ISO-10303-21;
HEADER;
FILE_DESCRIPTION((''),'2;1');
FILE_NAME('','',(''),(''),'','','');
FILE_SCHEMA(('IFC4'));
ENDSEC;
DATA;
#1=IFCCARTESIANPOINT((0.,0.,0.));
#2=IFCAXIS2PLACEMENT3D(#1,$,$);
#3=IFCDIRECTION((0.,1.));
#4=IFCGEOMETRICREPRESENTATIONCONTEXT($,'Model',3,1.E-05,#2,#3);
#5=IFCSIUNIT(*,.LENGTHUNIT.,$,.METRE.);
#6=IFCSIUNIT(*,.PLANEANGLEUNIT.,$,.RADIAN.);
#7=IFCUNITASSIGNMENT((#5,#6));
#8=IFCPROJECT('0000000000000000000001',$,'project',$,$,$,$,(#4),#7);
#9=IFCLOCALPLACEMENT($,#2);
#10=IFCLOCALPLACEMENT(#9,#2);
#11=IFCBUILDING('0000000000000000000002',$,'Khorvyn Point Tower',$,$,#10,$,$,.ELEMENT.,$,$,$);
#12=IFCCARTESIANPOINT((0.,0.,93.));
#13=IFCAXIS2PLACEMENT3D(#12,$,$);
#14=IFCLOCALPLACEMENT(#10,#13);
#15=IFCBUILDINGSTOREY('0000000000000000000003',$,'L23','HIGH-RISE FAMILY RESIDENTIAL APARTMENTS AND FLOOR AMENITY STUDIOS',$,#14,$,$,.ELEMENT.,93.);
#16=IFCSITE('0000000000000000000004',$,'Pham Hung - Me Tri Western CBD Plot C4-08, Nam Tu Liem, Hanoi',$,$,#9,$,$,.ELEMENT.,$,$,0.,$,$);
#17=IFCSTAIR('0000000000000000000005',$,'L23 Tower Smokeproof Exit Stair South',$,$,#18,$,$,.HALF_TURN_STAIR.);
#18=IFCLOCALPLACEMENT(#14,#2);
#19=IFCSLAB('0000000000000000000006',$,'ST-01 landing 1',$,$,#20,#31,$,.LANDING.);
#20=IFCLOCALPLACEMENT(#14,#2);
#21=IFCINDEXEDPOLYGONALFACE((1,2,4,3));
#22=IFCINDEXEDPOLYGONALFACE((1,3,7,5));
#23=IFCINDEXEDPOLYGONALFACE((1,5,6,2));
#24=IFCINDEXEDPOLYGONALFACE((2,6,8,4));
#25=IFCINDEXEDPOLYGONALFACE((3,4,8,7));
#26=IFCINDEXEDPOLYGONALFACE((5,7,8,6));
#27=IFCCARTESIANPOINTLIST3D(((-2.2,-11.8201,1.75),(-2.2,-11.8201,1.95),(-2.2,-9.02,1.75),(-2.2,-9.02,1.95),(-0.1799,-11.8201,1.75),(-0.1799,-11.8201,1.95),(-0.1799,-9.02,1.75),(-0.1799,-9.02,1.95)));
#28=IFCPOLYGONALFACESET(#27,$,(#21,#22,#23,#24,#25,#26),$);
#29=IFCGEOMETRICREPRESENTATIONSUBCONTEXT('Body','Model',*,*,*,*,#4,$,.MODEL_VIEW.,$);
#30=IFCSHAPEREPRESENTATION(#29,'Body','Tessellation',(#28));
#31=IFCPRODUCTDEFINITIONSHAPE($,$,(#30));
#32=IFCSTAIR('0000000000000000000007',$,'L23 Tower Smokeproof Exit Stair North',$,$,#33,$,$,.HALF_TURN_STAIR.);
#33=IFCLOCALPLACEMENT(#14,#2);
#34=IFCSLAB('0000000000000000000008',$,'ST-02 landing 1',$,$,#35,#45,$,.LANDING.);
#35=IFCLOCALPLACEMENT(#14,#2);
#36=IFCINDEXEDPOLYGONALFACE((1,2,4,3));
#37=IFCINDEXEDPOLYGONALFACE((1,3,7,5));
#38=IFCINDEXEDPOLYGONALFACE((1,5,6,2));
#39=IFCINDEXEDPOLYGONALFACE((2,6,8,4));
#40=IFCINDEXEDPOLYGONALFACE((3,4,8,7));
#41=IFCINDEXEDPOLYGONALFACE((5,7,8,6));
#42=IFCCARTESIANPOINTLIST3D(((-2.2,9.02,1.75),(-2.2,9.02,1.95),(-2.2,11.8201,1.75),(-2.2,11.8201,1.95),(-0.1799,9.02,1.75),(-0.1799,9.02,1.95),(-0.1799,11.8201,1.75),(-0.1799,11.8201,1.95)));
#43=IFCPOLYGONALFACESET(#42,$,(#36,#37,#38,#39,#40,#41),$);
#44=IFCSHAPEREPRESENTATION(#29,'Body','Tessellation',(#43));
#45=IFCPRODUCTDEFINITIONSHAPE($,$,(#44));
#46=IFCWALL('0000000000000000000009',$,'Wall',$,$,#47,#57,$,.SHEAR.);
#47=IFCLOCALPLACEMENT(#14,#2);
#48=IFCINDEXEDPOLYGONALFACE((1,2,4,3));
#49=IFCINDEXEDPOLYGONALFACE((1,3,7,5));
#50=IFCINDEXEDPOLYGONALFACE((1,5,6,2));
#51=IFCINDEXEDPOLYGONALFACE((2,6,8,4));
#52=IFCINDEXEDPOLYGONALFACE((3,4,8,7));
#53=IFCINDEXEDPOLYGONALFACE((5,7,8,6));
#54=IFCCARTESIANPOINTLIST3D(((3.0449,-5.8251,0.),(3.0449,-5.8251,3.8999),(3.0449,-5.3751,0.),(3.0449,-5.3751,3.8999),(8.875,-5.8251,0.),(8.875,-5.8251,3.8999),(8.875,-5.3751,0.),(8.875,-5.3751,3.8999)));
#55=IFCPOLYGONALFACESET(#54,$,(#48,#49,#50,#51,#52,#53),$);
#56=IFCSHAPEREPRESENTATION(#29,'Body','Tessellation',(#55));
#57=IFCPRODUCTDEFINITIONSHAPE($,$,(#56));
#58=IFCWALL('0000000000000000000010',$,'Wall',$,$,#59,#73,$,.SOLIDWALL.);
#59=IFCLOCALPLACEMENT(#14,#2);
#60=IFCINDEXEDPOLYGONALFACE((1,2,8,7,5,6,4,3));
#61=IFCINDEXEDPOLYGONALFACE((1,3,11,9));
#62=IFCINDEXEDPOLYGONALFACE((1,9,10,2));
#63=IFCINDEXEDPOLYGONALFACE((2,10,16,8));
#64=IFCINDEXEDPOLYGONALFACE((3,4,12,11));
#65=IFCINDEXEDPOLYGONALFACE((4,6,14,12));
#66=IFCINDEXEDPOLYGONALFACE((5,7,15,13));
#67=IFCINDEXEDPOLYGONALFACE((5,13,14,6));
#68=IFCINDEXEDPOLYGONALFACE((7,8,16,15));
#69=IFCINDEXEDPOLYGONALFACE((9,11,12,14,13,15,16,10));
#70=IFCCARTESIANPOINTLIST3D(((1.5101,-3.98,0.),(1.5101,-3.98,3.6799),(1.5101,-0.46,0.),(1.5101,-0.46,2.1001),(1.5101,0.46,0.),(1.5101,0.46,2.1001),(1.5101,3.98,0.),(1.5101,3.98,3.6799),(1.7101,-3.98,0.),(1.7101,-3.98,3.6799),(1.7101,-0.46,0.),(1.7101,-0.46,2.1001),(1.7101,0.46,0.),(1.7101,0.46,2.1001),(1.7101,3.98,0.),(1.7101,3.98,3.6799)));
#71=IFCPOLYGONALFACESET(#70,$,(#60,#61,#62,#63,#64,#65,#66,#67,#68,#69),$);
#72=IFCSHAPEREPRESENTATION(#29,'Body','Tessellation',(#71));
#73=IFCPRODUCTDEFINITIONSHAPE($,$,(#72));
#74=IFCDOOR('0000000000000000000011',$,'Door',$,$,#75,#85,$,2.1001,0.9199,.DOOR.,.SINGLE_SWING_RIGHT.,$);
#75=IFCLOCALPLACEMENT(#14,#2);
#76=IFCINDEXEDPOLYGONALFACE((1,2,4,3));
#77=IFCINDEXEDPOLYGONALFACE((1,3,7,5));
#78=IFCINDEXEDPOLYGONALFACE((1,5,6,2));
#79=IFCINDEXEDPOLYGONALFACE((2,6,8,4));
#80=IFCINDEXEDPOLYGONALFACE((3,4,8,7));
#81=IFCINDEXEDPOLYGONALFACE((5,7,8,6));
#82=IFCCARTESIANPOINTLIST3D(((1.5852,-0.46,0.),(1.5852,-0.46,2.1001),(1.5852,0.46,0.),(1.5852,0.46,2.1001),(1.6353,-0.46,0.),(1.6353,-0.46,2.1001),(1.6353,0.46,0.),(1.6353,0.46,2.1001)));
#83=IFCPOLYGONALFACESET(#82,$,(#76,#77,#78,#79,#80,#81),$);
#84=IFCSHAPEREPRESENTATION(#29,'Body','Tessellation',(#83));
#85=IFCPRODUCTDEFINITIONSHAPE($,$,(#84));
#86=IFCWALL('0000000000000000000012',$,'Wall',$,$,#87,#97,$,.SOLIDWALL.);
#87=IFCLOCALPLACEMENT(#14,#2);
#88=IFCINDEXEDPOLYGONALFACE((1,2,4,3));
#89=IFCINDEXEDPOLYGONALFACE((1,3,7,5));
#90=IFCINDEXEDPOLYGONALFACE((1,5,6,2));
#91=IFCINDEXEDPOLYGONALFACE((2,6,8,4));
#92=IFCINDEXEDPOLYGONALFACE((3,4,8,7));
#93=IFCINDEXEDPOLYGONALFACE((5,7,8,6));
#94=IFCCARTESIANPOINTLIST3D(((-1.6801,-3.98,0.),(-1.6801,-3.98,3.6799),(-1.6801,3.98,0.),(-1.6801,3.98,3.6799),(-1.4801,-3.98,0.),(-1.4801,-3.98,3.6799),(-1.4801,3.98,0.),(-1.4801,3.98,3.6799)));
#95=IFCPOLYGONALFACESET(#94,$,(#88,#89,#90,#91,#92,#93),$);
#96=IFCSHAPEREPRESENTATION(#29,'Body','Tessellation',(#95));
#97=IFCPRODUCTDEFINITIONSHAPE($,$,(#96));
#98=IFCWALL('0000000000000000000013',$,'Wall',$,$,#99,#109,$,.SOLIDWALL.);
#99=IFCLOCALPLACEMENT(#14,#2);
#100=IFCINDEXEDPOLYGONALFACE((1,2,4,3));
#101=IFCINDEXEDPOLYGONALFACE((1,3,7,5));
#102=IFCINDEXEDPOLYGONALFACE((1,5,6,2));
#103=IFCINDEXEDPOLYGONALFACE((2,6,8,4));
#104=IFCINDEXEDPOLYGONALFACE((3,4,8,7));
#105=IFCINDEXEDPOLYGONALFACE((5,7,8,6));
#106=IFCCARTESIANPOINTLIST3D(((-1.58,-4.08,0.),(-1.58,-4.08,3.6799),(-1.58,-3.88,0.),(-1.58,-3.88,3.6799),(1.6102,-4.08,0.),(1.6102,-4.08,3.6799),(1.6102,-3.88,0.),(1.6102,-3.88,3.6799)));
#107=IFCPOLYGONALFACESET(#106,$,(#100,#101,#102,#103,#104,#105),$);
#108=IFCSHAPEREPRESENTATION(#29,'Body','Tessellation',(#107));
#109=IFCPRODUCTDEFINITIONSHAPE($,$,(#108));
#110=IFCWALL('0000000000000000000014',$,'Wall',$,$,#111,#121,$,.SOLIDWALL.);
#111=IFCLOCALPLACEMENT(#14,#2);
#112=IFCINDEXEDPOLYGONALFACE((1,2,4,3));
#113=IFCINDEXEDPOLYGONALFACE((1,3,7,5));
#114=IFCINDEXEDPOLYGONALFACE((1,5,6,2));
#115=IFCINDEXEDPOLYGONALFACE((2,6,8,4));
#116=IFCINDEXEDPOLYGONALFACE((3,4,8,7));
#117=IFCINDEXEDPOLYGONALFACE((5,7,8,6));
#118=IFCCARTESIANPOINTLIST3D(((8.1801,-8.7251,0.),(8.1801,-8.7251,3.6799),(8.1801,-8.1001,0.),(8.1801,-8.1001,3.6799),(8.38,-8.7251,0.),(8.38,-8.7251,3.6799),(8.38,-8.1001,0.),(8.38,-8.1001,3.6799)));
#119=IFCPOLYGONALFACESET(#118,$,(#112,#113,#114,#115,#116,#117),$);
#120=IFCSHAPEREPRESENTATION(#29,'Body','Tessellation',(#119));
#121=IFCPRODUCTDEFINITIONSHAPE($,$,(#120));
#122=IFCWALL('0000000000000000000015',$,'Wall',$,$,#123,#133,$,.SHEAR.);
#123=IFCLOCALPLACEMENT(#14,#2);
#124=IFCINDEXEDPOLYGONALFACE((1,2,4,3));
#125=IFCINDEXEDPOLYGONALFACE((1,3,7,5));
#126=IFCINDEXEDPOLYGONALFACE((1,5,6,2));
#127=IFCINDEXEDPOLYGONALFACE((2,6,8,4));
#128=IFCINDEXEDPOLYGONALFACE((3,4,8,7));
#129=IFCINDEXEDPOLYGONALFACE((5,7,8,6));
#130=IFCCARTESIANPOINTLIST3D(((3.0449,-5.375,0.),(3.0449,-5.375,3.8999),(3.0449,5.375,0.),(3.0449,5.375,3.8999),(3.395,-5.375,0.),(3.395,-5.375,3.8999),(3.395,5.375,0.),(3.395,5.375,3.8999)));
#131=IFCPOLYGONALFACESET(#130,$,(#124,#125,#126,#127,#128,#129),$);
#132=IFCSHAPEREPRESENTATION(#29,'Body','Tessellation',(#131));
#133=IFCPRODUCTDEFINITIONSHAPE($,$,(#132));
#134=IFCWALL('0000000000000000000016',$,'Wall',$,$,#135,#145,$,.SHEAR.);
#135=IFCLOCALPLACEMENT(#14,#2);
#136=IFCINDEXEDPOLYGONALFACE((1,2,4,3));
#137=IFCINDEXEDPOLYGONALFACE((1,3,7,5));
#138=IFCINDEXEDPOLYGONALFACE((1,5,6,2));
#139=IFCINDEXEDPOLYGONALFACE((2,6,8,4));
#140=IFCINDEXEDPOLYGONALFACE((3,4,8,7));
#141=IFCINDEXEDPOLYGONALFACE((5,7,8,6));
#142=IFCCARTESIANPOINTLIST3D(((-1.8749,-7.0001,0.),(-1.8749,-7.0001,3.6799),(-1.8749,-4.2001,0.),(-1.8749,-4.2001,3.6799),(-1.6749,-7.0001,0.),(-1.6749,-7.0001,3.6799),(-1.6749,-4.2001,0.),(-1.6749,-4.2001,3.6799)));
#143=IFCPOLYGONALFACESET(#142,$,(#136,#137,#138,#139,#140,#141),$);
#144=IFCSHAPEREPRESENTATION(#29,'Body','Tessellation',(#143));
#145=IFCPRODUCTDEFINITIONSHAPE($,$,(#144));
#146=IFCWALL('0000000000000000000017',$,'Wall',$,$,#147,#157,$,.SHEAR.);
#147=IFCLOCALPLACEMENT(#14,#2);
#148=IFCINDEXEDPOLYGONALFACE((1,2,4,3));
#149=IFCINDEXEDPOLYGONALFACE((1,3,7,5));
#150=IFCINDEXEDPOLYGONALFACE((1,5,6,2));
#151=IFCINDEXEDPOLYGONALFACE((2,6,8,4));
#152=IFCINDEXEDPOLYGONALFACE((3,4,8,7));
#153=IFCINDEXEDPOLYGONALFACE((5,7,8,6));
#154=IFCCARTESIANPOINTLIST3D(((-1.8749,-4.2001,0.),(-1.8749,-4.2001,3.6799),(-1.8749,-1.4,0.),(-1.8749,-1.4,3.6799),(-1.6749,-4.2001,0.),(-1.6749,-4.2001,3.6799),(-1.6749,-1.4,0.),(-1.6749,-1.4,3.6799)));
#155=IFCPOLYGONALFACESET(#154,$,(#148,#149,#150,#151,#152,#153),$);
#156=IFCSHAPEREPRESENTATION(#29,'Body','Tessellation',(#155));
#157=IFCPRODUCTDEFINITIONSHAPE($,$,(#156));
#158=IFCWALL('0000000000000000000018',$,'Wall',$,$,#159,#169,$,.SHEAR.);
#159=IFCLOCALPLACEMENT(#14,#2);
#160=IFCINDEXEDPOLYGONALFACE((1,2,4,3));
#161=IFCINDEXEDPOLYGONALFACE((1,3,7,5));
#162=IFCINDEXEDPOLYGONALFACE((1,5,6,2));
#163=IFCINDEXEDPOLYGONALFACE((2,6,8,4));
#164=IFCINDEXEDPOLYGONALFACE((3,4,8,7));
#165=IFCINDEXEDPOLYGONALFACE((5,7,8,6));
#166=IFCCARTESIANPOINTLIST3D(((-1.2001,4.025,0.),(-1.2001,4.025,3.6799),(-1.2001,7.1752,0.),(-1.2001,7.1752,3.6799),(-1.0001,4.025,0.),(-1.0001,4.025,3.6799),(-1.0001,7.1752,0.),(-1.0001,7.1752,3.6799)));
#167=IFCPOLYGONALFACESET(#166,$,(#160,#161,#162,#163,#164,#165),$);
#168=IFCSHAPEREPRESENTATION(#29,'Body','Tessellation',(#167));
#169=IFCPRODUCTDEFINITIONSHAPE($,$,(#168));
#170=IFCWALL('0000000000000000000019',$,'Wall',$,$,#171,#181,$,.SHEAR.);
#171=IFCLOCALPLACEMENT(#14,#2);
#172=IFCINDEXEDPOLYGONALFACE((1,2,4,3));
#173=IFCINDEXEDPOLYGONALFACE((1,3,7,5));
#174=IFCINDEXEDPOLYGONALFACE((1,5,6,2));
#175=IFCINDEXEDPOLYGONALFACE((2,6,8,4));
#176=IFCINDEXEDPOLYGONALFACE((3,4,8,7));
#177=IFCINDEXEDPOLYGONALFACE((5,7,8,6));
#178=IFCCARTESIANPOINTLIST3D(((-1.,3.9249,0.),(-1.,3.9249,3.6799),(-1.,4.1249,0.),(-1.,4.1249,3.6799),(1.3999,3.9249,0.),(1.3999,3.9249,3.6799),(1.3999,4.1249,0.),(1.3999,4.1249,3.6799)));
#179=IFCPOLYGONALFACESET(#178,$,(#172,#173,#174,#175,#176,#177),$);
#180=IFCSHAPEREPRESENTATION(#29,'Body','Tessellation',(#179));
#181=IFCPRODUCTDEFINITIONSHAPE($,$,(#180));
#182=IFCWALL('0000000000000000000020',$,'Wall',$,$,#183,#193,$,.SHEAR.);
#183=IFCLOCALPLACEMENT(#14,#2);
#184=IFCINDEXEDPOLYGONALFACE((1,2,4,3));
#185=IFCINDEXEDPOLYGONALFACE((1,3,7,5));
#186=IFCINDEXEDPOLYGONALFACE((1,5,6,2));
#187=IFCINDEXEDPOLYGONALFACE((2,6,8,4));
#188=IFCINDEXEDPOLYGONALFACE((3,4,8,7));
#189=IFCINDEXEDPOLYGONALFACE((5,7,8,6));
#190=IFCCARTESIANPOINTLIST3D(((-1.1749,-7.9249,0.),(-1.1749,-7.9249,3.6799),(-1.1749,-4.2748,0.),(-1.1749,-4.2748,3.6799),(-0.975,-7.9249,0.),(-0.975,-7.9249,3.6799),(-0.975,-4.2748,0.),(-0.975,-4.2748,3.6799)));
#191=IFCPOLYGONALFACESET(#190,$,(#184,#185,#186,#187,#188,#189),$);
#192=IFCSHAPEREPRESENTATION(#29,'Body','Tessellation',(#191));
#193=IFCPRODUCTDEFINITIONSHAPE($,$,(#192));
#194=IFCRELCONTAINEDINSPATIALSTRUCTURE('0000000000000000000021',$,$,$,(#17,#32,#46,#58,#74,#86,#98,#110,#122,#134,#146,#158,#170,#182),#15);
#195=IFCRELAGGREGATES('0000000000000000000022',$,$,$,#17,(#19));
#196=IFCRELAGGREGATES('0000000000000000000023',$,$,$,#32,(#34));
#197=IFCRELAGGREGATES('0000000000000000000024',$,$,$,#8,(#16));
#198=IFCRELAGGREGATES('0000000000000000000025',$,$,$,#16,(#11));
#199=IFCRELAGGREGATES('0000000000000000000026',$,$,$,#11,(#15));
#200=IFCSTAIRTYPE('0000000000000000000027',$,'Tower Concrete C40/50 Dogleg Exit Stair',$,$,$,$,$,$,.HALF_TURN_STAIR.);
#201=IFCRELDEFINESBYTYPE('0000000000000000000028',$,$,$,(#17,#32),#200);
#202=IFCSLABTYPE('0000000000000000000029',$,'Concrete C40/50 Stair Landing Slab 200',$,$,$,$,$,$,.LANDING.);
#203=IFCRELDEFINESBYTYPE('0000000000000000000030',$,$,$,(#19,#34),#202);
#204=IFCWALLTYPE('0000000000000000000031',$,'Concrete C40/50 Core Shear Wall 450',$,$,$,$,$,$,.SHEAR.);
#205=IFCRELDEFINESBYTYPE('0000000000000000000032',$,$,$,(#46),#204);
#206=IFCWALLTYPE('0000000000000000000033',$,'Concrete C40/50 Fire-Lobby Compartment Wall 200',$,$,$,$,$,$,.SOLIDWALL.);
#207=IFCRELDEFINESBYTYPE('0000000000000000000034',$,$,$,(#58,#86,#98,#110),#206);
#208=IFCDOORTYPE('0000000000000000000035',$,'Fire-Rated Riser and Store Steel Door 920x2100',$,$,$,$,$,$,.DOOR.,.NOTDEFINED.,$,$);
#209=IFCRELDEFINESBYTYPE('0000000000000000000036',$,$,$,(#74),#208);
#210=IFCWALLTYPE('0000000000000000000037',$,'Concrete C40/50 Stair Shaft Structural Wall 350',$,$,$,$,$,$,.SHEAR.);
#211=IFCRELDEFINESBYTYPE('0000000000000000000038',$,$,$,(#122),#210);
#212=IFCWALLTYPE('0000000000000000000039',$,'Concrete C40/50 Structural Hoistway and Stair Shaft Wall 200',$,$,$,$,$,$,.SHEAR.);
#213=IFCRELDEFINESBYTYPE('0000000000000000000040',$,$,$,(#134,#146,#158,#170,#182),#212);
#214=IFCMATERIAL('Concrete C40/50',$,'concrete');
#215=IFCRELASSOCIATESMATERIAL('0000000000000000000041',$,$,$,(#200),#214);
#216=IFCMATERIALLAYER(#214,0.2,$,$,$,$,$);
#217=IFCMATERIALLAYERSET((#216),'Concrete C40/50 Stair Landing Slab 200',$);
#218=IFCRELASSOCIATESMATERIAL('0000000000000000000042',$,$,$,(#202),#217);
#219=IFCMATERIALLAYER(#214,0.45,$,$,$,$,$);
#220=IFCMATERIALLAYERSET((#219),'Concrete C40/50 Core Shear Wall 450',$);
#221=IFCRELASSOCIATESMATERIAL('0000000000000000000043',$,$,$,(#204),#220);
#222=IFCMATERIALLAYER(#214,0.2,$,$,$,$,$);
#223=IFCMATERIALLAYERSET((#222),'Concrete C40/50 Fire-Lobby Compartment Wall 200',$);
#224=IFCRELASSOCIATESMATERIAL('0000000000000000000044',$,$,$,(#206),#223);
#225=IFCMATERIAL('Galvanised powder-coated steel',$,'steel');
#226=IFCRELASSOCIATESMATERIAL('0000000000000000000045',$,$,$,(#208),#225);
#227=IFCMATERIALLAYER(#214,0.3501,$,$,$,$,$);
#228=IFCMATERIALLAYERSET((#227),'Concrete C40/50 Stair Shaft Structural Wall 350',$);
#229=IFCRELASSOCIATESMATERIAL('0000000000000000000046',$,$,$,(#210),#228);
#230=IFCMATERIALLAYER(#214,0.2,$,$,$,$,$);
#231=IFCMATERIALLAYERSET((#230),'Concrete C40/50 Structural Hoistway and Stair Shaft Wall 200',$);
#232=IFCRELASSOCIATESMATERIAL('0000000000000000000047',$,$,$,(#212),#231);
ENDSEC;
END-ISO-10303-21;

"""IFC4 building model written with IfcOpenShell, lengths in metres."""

from ifc_helpers import new_model, si_unit, direction, frame, frame_2d, origin, place, context, subcontext, project, spatial, polyline, rectangle, outline, extrude, material, layer, layer_set, type_object, element, fill, aggregate, save


model = new_model("IFC4")

# Units and contexts
model_context = context("Model", 3, precision=1e-05, world=origin(), true_north=direction((0.0, 1.0)))
body_context = subcontext(model_context, "Body", "Model", "MODEL_VIEW")
ifc_project = project(units=[si_unit("LENGTHUNIT", "METRE"), si_unit("PLANEANGLEUNIT", "RADIAN")], contexts=[model_context])

# Site, building, storey
site_placement = place(None, origin())
site = spatial("IfcSite", under=ifc_project, at=site_placement, Name="Pham Hung - Me Tri Western CBD Plot C4-08, Nam Tu Liem, Hanoi", CompositionType="ELEMENT", RefElevation=0.0)
building_placement = place(site_placement, origin())
building = spatial("IfcBuilding", under=site, at=building_placement, Name="Khorvyn Point Tower", CompositionType="ELEMENT")
storey_placement = place(building_placement, frame((0.0, 0.0, 93.0)))
storey = spatial("IfcBuildingStorey", under=building, at=storey_placement, Name="L23", Description="HIGH-RISE FAMILY RESIDENTIAL APARTMENTS AND FLOOR AMENITY STUDIOS", CompositionType="ELEMENT", Elevation=93.0)

# Shared definitions
ifc_material_1 = material(Name="Concrete C40/50", Category="concrete")

# Stairs, slabs
stair_type = type_object("IfcStairType", Name="Tower Concrete C40/50 Dogleg Exit Stair", PredefinedType="HALF_TURN_STAIR", material=ifc_material_1)
stair_1_placement = place(storey_placement, origin())
stair_1 = element("IfcStair", 1, at=stair_1_placement, inside=storey, type_object=stair_type, Name="L23 Tower Smokeproof Exit Stair South", PredefinedType="HALF_TURN_STAIR")
ifc_layer_1 = layer(ifc_material_1, 0.2)
ifc_layer_set_1 = layer_set([ifc_layer_1], Name="Concrete C40/50 Stair Landing Slab 200")
slab_type_1 = type_object("IfcSlabType", Name="Concrete C40/50 Stair Landing Slab 200", PredefinedType="LANDING", material=ifc_layer_set_1)
slab_1_placement = place(storey_placement, frame((0.0, 0.0, 1.75)))
slab_1 = element("IfcSlab", 2, at=slab_1_placement, type_object=slab_type_1, Name="ST-01 landing 1", PredefinedType="LANDING", context=body_context, shape_type="SweptSolid", body=[
    extrude(outline(polyline([(-0.1799, -9.02), (-2.2, -9.02), (-2.2, -11.8201), (-0.1799, -11.8201), (-0.1799, -9.02)])), origin(), (0.0, 0.0, 1.0), 0.2),
])
aggregate(stair_1, [slab_1])
stair_2_placement = place(storey_placement, origin())
stair_2 = element("IfcStair", 3, at=stair_2_placement, inside=storey, type_object=stair_type, Name="L23 Tower Smokeproof Exit Stair North", PredefinedType="HALF_TURN_STAIR")
slab_2_placement = place(storey_placement, frame((0.0, 0.0, 1.75)))
slab_2 = element("IfcSlab", 4, at=slab_2_placement, type_object=slab_type_1, Name="ST-02 landing 1", PredefinedType="LANDING", context=body_context, shape_type="SweptSolid", body=[
    extrude(outline(polyline([(-0.1799, 11.8201), (-2.2, 11.8201), (-2.2, 9.02), (-0.1799, 9.02), (-0.1799, 11.8201)])), origin(), (0.0, 0.0, 1.0), 0.2),
])
aggregate(stair_2, [slab_2])

# Wall
ifc_layer_2 = layer(ifc_material_1, 0.45)
ifc_layer_set_2 = layer_set([ifc_layer_2], Name="Concrete C40/50 Core Shear Wall 450")
wall_type_1 = type_object("IfcWallType", Name="Concrete C40/50 Core Shear Wall 450", PredefinedType="SHEAR", material=ifc_layer_set_2)
wall_1_placement = place(storey_placement, frame((3.0449, -5.6001, 0.0), z_axis=(0.0, 0.0, 1.0), x_axis=(1.0, 0.0, 0.0)))
element("IfcWall", 5, at=wall_1_placement, inside=storey, type_object=wall_type_1, Name="Wall", PredefinedType="SHEAR", context=body_context, shape_type="SweptSolid", body=[
    extrude(rectangle(XDim=5.8301, YDim=0.45, at=frame_2d((2.915, 0.0))), origin(), (0.0, 0.0, 1.0), 3.8999),
])

# Wall, opening, door
ifc_layer_3 = layer(ifc_material_1, 0.2)
ifc_layer_set_3 = layer_set([ifc_layer_3], Name="Concrete C40/50 Fire-Lobby Compartment Wall 200")
wall_type_2 = type_object("IfcWallType", Name="Concrete C40/50 Fire-Lobby Compartment Wall 200", PredefinedType="SOLIDWALL", material=ifc_layer_set_3)
ifc_material_2 = material(Name="Galvanised powder-coated steel", Category="steel")
wall_2_placement = place(storey_placement, frame((1.6101, -3.98, 0.0), z_axis=(0.0, 0.0, 1.0), x_axis=(0.0, 1.0, 0.0)))
wall_2 = element("IfcWall", 6, at=wall_2_placement, inside=storey, type_object=wall_type_2, Name="Wall", PredefinedType="SOLIDWALL", context=body_context, shape_type="SweptSolid", body=[
    extrude(rectangle(XDim=7.96, YDim=0.2, at=frame_2d((3.98, 0.0))), origin(), (0.0, 0.0, 1.0), 3.6799),
])
opening_1_placement = place(wall_2_placement, frame((3.52, 0.0, 0.0)))
opening_1 = element("IfcOpeningElement", 7, at=opening_1_placement, cuts=wall_2, PredefinedType="OPENING", context=body_context, shape_type="SweptSolid", body=[
    extrude(rectangle(XDim=0.9199, YDim=2.1001, at=frame_2d((0.46, 1.05))), frame((0.0, 0.1099, 0.0), z_axis=(0.0, -1.0, 0.0), x_axis=(1.0, 0.0, 0.0)), (0.0, 0.0, 1.0), 0.22),
])
door_type_1 = type_object("IfcDoorType", Name="Fire-Rated Riser and Store Steel Door 920x2100", OperationType="NOTDEFINED", PredefinedType="DOOR", material=ifc_material_2)
door_1_placement = place(opening_1_placement, origin())
door_1 = element("IfcDoor", 8, at=door_1_placement, inside=storey, type_object=door_type_1, Name="Door", OperationType="SINGLE_SWING_RIGHT", OverallHeight=2.1001, OverallWidth=0.9199, PredefinedType="DOOR", context=body_context, shape_type="SweptSolid", body=[
    extrude(rectangle(XDim=0.9199, YDim=2.1001, at=frame_2d((0.46, 1.05))), frame((0.0, 0.0249, 0.0), z_axis=(0.0, -1.0, 0.0), x_axis=(1.0, 0.0, 0.0)), (0.0, 0.0, 1.0), 0.05),
])
fill(opening_1, door_1)

# Walls
wall_3_placement = place(storey_placement, frame((-1.5801, -3.98, 0.0), z_axis=(0.0, 0.0, 1.0), x_axis=(0.0, 1.0, 0.0)))
element("IfcWall", 9, at=wall_3_placement, inside=storey, type_object=wall_type_2, Name="Wall", PredefinedType="SOLIDWALL", context=body_context, shape_type="SweptSolid", body=[
    extrude(rectangle(XDim=7.96, YDim=0.2, at=frame_2d((3.98, 0.0))), origin(), (0.0, 0.0, 1.0), 3.6799),
])
wall_4_placement = place(storey_placement, frame((-1.5801, -3.98, 0.0), z_axis=(0.0, 0.0, 1.0), x_axis=(1.0, 0.0, 0.0)))
element("IfcWall", 10, at=wall_4_placement, inside=storey, type_object=wall_type_2, Name="Wall", PredefinedType="SOLIDWALL", context=body_context, shape_type="SweptSolid", body=[
    extrude(rectangle(XDim=3.1902, YDim=0.2, at=frame_2d((1.5952, 0.0))), origin(), (0.0, 0.0, 1.0), 3.6799),
])
wall_5_placement = place(storey_placement, frame((8.28, -8.7251, 0.0), z_axis=(0.0, 0.0, 1.0), x_axis=(0.0, 1.0, 0.0)))
element("IfcWall", 11, at=wall_5_placement, inside=storey, type_object=wall_type_2, Name="Wall", PredefinedType="SOLIDWALL", context=body_context, shape_type="SweptSolid", body=[
    extrude(rectangle(XDim=0.625, YDim=0.2, at=frame_2d((0.3125, 0.0))), origin(), (0.0, 0.0, 1.0), 3.6799),
])
ifc_layer_4 = layer(ifc_material_1, 0.3501)
ifc_layer_set_4 = layer_set([ifc_layer_4], Name="Concrete C40/50 Stair Shaft Structural Wall 350")
wall_type_3 = type_object("IfcWallType", Name="Concrete C40/50 Stair Shaft Structural Wall 350", PredefinedType="SHEAR", material=ifc_layer_set_4)
wall_6_placement = place(storey_placement, frame((3.22, -5.375, 0.0), z_axis=(0.0, 0.0, 1.0), x_axis=(0.0, 1.0, 0.0)))
element("IfcWall", 12, at=wall_6_placement, inside=storey, type_object=wall_type_3, Name="Wall", PredefinedType="SHEAR", context=body_context, shape_type="SweptSolid", body=[
    extrude(rectangle(XDim=10.75, YDim=0.3501, at=frame_2d((5.375, 0.0))), origin(), (0.0, 0.0, 1.0), 3.8999),
])

# Walls
ifc_layer_5 = layer(ifc_material_1, 0.2)
ifc_layer_set_5 = layer_set([ifc_layer_5], Name="Concrete C40/50 Structural Hoistway and Stair Shaft Wall 200")
wall_type_4 = type_object("IfcWallType", Name="Concrete C40/50 Structural Hoistway and Stair Shaft Wall 200", PredefinedType="SHEAR", material=ifc_layer_set_5)
for number, where, z_axis, x_axis, name in (
    (13, (-1.7749, -7.0, 0.0), (0.0, 0.0, 1.0), (0.0, 1.0, 0.0), "Wall"),
    (14, (-1.7749, -4.2, 0.0), (0.0, 0.0, 1.0), (0.0, 1.0, 0.0), "Wall"),
):
    element("IfcWall", number, at=place(storey_placement, frame(where, z_axis=z_axis, x_axis=x_axis)), inside=storey, type_object=wall_type_4, Name=name, PredefinedType="SHEAR", context=body_context, shape_type="SweptSolid", body=[
        extrude(rectangle(XDim=2.8, YDim=0.2, at=frame_2d((1.3999, 0.0))), origin(), (0.0, 0.0, 1.0), 3.6799),
    ])
wall_7_placement = place(storey_placement, frame((-1.1001, 4.0249, 0.0), z_axis=(0.0, 0.0, 1.0), x_axis=(0.0, 1.0, 0.0)))
element("IfcWall", 15, at=wall_7_placement, inside=storey, type_object=wall_type_4, Name="Wall", PredefinedType="SHEAR", context=body_context, shape_type="SweptSolid", body=[
    extrude(rectangle(XDim=3.1501, YDim=0.2, at=frame_2d((1.5752, 0.0))), origin(), (0.0, 0.0, 1.0), 3.6799),
])
wall_8_placement = place(storey_placement, frame((-1.0, 4.0249, 0.0), z_axis=(0.0, 0.0, 1.0), x_axis=(1.0, 0.0, 0.0)))
element("IfcWall", 16, at=wall_8_placement, inside=storey, type_object=wall_type_4, Name="Wall", PredefinedType="SHEAR", context=body_context, shape_type="SweptSolid", body=[
    extrude(rectangle(XDim=2.3999, YDim=0.2, at=frame_2d((1.2, 0.0))), origin(), (0.0, 0.0, 1.0), 3.6799),
])
wall_9_placement = place(storey_placement, frame((-1.075, -7.925, 0.0), z_axis=(0.0, 0.0, 1.0), x_axis=(0.0, 1.0, 0.0)))
element("IfcWall", 17, at=wall_9_placement, inside=storey, type_object=wall_type_4, Name="Wall", PredefinedType="SHEAR", context=body_context, shape_type="SweptSolid", body=[
    extrude(rectangle(XDim=3.6501, YDim=0.2, at=frame_2d((1.8252, 0.0))), origin(), (0.0, 0.0, 1.0), 3.6799),
])

save(model, "model.ifc")
